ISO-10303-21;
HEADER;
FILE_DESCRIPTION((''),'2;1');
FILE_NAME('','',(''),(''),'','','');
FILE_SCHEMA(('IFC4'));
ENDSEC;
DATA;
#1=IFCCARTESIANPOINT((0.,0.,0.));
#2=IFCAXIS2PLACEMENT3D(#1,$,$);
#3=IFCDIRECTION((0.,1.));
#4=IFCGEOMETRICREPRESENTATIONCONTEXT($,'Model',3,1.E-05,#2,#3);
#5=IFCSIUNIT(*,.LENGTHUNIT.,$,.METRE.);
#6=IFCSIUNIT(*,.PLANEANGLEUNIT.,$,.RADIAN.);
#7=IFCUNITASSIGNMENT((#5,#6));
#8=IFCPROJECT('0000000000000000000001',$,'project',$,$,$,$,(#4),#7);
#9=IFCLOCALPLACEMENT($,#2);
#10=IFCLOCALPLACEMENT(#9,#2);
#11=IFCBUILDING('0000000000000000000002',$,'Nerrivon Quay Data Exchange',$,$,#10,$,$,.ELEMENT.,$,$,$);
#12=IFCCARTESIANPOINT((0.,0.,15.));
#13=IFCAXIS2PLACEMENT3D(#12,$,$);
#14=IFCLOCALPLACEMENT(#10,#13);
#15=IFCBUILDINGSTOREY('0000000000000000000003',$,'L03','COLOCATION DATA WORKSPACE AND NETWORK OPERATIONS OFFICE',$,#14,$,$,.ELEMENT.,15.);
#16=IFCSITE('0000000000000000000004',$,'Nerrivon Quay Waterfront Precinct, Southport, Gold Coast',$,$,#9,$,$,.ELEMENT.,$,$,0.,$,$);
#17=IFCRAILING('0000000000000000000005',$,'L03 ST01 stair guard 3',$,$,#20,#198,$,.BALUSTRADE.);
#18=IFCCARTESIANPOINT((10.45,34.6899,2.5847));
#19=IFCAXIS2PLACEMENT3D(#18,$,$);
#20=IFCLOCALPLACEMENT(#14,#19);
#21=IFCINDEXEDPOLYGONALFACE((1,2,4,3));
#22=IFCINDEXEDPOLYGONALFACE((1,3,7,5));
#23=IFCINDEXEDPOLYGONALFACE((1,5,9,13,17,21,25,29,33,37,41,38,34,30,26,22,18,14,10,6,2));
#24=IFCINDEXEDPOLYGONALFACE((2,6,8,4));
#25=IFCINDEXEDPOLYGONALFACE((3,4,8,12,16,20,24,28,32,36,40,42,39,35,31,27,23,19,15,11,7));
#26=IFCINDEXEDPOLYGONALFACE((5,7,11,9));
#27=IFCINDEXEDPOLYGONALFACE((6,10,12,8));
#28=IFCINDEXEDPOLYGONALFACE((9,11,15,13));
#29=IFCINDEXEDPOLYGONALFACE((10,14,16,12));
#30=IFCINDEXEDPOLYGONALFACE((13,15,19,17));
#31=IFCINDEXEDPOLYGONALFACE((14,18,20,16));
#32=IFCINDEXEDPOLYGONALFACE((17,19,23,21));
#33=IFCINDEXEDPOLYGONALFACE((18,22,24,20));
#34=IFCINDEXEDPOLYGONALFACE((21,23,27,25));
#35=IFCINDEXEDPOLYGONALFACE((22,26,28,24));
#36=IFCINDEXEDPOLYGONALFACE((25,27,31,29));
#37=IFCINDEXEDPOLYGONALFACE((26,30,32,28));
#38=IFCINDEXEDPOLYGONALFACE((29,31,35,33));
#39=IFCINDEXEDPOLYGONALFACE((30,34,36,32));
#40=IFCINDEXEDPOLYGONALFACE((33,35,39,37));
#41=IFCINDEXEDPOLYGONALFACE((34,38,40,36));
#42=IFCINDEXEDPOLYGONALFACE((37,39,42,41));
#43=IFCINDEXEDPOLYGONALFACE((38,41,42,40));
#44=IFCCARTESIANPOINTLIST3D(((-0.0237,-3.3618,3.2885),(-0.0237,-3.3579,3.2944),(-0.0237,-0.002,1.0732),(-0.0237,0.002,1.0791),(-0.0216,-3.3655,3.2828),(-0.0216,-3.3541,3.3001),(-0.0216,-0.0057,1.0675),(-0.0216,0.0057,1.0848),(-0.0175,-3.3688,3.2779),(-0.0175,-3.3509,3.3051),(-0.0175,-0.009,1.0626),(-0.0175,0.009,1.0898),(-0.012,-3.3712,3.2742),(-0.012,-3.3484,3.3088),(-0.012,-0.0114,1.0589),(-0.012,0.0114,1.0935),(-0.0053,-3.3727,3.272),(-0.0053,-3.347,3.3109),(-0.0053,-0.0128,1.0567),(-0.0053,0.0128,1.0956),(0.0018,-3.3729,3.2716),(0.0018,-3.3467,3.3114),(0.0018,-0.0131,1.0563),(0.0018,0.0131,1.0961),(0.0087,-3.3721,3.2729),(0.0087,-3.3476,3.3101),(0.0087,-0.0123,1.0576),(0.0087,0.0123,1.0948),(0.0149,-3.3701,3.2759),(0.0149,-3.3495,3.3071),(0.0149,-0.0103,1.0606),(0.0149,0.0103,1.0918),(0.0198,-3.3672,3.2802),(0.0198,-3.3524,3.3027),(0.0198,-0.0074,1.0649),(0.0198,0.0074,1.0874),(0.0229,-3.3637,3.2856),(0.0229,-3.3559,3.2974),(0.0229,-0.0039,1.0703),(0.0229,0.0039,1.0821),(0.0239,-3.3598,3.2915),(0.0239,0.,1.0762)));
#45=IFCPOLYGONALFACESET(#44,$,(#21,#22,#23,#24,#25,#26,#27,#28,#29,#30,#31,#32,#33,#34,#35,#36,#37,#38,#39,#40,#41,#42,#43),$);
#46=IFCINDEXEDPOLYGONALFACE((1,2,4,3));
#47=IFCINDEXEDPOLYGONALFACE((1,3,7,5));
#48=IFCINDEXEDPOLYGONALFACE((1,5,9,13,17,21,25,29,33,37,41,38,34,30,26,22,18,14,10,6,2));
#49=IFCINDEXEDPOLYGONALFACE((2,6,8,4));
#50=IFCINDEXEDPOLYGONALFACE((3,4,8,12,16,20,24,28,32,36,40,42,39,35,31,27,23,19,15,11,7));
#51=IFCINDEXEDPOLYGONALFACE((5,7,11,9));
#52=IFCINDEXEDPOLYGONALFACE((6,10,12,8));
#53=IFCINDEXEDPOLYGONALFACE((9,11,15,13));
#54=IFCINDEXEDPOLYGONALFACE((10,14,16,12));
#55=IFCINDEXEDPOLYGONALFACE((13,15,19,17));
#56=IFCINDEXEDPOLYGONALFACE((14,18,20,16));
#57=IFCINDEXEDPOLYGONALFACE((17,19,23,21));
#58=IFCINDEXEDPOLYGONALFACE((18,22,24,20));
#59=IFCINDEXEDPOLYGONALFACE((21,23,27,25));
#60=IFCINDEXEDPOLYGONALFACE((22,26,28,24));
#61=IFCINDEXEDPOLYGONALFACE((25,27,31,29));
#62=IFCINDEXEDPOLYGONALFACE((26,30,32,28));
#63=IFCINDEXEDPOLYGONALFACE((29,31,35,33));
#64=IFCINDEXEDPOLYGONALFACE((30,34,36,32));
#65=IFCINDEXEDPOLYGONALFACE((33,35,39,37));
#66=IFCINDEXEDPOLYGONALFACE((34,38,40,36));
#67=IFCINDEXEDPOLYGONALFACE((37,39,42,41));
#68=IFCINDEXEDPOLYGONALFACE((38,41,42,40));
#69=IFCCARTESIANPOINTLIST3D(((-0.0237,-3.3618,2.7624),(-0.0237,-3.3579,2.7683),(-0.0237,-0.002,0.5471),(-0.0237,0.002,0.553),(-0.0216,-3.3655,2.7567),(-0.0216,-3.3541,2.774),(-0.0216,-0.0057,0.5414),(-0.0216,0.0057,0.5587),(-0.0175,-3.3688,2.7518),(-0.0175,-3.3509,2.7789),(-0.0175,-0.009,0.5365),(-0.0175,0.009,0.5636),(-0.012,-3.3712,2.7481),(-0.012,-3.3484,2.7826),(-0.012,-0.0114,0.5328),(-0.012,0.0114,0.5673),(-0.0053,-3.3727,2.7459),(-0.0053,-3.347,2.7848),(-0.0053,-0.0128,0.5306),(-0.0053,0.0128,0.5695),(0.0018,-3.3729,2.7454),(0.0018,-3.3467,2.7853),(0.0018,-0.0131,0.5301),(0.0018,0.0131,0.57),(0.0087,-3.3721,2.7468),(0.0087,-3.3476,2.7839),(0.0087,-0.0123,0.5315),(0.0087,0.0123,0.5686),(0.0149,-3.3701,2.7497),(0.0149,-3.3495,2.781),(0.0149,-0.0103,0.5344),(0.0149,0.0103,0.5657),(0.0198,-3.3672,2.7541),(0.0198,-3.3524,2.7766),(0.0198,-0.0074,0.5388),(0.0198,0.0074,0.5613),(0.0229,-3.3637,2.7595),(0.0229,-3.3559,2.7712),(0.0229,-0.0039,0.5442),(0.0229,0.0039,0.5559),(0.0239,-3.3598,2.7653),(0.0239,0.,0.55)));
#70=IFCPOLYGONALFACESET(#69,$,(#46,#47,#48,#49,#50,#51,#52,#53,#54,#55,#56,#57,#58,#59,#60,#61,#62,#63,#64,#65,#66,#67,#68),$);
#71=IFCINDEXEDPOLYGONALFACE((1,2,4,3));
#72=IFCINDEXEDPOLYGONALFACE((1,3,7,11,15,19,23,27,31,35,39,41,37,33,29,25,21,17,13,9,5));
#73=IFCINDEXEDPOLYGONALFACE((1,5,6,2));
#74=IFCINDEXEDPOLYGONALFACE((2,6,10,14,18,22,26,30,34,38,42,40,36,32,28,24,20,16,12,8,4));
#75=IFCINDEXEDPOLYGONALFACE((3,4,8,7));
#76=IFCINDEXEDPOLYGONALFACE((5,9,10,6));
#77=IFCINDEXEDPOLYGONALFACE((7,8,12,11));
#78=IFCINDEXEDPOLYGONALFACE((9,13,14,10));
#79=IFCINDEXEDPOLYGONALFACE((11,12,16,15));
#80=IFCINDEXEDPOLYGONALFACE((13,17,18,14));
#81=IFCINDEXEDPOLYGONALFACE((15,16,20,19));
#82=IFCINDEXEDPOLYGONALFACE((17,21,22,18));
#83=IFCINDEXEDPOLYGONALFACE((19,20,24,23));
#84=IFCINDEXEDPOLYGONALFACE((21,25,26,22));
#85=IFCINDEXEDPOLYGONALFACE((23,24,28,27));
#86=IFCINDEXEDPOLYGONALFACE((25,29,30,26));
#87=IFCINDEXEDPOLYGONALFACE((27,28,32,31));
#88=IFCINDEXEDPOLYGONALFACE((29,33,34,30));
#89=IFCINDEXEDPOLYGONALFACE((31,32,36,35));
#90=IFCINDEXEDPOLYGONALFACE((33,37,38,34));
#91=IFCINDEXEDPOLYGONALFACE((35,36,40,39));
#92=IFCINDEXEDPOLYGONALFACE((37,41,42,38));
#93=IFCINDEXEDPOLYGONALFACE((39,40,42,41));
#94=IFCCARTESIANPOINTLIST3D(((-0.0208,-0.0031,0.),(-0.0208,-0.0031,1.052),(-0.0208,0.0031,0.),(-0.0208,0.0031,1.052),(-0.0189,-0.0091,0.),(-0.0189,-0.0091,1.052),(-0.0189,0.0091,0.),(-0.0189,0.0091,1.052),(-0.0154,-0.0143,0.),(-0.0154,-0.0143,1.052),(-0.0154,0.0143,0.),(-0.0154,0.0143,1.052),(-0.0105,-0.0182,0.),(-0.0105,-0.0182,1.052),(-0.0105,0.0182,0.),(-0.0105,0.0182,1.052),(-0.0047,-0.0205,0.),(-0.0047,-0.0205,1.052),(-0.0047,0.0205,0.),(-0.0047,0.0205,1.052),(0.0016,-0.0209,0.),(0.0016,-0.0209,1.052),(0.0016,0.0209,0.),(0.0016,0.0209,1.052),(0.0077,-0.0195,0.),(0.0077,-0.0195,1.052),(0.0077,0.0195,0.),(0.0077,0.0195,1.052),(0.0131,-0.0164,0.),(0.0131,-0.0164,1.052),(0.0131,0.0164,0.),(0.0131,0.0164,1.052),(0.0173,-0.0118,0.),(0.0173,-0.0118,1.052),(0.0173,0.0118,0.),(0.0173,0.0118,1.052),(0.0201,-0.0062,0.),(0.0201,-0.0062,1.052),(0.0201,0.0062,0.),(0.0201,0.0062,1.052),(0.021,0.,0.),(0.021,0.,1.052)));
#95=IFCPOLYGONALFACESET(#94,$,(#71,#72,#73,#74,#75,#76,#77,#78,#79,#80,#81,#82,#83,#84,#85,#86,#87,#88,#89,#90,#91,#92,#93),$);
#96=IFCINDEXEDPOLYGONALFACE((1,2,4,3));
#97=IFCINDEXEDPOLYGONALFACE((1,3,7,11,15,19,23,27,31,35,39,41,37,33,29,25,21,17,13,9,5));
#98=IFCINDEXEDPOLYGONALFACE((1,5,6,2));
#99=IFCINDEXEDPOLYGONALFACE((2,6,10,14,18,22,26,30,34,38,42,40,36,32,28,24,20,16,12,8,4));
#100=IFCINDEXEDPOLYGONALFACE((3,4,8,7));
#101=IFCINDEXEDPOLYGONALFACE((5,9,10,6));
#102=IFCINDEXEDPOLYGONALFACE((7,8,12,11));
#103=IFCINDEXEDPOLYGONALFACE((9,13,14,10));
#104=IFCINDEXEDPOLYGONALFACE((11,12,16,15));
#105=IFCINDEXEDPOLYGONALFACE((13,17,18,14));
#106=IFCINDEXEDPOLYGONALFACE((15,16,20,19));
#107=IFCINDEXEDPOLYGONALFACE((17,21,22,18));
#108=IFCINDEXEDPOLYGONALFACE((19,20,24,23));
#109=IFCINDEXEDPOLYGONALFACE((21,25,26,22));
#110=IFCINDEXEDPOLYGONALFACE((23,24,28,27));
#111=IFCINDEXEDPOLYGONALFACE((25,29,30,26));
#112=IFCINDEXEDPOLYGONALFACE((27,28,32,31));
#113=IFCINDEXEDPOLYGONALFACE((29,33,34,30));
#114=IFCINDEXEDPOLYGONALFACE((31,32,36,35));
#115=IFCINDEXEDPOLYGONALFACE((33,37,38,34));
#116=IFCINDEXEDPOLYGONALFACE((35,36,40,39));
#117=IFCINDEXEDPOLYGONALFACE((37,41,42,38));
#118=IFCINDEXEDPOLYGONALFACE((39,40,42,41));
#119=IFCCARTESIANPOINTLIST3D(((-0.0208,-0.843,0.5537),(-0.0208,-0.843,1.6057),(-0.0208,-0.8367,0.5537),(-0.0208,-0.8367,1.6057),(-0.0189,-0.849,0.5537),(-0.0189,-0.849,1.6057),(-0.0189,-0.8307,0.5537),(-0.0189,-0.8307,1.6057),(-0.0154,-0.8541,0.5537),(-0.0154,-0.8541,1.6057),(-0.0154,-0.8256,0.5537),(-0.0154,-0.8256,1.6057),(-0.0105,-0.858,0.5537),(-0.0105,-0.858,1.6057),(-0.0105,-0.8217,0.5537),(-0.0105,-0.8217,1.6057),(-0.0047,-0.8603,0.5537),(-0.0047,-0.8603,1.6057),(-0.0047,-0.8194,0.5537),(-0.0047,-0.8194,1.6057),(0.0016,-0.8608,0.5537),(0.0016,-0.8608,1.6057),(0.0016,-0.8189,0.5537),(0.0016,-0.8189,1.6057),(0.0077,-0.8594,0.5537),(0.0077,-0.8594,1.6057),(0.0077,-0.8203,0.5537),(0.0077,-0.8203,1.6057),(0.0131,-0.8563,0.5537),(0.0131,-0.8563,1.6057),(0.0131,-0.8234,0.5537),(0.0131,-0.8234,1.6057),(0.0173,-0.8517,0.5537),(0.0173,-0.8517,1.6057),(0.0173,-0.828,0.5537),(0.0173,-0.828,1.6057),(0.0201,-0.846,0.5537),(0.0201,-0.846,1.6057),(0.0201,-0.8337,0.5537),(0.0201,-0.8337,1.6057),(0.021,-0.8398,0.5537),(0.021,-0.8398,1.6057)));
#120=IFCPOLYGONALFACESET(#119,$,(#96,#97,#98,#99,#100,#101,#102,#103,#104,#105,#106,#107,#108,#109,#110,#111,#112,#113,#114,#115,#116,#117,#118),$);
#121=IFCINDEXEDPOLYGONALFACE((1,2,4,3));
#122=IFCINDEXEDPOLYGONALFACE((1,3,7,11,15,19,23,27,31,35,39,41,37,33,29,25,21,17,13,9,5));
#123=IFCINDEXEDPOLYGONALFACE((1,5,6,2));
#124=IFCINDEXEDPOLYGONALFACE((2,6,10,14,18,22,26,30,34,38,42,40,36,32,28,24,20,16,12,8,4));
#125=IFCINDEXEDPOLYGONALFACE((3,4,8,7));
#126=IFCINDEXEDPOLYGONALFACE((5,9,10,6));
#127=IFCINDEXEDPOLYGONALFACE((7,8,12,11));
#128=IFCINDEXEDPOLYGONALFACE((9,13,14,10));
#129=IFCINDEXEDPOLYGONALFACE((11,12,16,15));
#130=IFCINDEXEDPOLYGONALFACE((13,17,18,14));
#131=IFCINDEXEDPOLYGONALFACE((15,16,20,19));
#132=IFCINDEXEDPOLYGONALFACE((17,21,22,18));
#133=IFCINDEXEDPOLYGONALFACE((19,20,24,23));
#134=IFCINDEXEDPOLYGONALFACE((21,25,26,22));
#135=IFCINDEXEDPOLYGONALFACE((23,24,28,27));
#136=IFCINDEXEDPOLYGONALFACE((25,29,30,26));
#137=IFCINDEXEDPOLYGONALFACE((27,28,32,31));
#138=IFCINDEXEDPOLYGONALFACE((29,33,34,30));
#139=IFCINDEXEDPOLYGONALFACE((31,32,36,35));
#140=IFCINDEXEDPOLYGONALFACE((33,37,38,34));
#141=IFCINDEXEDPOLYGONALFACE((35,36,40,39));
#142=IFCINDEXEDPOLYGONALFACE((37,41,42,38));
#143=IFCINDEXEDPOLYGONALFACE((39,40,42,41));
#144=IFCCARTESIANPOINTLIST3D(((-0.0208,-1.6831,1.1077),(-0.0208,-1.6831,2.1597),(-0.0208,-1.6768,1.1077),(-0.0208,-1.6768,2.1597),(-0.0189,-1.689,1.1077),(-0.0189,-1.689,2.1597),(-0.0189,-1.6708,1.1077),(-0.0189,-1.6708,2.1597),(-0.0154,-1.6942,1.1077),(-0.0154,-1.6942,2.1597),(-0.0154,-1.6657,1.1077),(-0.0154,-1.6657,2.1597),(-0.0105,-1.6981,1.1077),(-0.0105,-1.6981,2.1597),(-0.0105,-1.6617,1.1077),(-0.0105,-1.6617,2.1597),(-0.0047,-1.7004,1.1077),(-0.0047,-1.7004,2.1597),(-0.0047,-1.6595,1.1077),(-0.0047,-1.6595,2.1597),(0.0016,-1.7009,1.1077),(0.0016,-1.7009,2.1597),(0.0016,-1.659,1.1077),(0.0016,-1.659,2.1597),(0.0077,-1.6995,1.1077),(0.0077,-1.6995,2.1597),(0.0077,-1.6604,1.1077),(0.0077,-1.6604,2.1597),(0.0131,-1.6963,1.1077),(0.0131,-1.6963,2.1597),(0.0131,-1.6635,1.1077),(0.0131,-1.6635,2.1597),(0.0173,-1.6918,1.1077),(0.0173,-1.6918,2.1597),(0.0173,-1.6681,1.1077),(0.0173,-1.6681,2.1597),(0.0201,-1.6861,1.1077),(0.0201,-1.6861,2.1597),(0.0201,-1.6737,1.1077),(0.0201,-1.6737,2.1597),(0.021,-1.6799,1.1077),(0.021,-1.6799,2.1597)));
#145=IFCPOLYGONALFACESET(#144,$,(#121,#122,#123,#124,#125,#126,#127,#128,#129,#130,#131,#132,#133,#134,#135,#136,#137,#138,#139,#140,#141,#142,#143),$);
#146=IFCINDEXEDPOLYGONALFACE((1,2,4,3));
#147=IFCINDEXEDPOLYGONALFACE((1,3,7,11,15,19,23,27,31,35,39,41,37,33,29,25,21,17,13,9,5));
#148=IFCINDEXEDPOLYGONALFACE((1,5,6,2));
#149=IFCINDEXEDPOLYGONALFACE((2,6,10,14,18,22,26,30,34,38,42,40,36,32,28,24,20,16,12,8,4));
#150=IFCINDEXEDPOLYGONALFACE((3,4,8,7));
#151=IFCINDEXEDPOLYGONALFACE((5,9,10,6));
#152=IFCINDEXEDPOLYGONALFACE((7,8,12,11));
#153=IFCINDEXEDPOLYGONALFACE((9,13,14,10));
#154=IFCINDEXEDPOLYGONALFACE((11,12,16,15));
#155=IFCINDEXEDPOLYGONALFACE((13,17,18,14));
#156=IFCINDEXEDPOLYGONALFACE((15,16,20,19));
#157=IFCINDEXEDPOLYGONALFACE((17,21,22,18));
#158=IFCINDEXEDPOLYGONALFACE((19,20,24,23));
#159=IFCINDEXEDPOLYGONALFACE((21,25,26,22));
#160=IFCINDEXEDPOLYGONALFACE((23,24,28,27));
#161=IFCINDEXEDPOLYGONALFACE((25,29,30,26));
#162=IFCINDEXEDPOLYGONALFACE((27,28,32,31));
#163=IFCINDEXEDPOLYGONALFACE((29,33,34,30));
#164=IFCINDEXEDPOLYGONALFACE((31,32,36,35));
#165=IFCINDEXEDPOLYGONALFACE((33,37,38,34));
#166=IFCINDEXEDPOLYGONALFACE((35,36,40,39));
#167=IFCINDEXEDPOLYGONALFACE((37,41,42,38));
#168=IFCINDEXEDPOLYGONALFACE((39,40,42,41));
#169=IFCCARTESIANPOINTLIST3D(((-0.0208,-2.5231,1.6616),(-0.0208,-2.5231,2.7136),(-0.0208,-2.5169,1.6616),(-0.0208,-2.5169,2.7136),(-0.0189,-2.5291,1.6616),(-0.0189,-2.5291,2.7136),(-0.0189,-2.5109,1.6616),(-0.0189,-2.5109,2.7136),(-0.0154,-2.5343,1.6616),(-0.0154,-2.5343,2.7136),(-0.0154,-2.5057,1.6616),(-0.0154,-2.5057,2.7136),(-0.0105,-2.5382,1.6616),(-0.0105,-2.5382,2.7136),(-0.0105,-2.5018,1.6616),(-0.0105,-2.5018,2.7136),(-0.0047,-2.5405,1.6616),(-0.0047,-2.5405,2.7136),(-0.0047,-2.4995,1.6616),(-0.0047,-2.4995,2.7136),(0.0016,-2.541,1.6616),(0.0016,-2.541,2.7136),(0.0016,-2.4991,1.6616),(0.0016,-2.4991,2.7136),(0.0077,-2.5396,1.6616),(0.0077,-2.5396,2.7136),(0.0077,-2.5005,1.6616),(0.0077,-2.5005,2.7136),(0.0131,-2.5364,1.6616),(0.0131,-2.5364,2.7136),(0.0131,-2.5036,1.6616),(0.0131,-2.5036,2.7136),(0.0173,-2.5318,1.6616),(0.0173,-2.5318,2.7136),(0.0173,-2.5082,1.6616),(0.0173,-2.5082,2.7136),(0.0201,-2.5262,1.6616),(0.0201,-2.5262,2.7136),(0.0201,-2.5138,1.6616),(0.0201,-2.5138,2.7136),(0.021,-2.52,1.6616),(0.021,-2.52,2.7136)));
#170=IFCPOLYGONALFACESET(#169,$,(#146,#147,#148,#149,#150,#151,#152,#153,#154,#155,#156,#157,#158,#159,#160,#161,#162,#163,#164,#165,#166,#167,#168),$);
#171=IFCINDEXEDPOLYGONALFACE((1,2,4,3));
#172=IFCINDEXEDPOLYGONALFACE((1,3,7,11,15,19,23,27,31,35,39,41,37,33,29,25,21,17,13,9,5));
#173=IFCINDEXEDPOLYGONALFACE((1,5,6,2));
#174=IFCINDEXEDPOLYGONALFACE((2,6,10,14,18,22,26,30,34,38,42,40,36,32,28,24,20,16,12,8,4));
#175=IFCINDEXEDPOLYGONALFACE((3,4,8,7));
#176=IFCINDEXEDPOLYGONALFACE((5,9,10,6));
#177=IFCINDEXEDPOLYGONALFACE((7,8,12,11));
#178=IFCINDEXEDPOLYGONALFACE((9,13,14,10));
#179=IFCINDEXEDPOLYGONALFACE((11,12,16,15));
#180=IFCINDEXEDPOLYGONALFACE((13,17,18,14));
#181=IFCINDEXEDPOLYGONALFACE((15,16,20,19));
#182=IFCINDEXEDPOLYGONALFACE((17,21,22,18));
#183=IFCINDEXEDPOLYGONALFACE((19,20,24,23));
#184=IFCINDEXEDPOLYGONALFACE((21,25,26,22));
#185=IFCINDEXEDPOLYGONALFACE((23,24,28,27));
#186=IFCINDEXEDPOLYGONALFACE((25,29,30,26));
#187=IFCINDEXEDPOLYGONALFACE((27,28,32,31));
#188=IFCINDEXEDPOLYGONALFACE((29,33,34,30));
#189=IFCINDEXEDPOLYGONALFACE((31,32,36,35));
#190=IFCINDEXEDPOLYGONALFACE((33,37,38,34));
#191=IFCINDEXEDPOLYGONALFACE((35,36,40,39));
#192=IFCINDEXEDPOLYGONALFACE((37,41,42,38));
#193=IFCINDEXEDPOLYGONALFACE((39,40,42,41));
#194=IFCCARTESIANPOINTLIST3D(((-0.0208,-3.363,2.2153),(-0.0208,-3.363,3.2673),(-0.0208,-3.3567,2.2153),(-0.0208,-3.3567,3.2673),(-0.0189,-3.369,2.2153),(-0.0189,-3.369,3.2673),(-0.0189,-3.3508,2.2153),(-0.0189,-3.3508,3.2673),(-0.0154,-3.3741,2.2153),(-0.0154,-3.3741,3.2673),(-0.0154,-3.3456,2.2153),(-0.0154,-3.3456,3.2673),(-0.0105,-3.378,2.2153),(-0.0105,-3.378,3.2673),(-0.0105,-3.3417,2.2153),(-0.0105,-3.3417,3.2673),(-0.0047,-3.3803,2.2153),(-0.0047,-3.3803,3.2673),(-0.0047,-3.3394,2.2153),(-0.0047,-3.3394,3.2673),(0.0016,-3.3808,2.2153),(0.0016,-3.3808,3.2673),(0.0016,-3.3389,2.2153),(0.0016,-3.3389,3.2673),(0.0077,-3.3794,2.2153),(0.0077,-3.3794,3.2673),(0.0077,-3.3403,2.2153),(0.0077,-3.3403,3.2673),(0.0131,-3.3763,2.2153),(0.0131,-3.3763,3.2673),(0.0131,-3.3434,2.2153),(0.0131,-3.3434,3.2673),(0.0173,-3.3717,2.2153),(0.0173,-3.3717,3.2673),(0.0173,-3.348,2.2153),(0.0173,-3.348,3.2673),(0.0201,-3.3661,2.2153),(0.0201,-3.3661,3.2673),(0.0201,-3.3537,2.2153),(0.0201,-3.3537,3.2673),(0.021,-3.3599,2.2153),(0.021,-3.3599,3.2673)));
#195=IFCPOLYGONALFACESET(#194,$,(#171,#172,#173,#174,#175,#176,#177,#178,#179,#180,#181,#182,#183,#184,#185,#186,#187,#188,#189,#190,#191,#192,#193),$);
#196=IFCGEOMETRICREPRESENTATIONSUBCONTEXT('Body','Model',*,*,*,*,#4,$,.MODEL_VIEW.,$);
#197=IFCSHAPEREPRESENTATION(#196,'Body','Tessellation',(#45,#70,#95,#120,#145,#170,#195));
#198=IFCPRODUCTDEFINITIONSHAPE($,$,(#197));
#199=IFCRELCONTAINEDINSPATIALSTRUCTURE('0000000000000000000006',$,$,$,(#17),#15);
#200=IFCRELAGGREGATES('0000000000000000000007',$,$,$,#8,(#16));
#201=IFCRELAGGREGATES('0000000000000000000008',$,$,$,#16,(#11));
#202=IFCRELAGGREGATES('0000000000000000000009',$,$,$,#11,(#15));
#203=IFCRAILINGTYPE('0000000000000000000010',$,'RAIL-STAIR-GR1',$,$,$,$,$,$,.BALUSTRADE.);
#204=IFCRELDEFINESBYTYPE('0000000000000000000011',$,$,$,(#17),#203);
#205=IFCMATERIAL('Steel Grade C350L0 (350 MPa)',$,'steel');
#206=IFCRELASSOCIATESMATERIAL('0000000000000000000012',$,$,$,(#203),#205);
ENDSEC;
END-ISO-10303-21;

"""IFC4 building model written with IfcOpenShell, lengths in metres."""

from ifc_helpers import new_model, si_unit, direction, frame, origin, origin_2d, place, context, subcontext, project, spatial, circle, extrude, material, type_object, element, save


model = new_model("IFC4")

# Units and contexts
model_context = context("Model", 3, precision=1e-05, world=origin(), true_north=direction((0.0, 1.0)))
body_context = subcontext(model_context, "Body", "Model", "MODEL_VIEW")
ifc_project = project(units=[si_unit("LENGTHUNIT", "METRE"), si_unit("PLANEANGLEUNIT", "RADIAN")], contexts=[model_context])

# Site, building, storey
site_placement = place(None, origin())
site = spatial("IfcSite", under=ifc_project, at=site_placement, Name="Nerrivon Quay Waterfront Precinct, Southport, Gold Coast", CompositionType="ELEMENT", RefElevation=0.0)
building_placement = place(site_placement, origin())
building = spatial("IfcBuilding", under=site, at=building_placement, Name="Nerrivon Quay Data Exchange", CompositionType="ELEMENT")
storey_placement = place(building_placement, frame((0.0, 0.0, 15.0)))
storey = spatial("IfcBuildingStorey", under=building, at=storey_placement, Name="L03", Description="COLOCATION DATA WORKSPACE AND NETWORK OPERATIONS OFFICE", CompositionType="ELEMENT", Elevation=15.0)

# Railing
ifc_material_1 = material(Name="Steel Grade C350L0 (350 MPa)", Category="steel")
railing_type = type_object("IfcRailingType", Name="RAIL-STAIR-GR1", PredefinedType="BALUSTRADE", material=ifc_material_1)
railing_1_placement = place(storey_placement, frame((10.45, 34.6899, 2.5847)))
element("IfcRailing", 1, at=railing_1_placement, inside=storey, type_object=railing_type, Name="L03 ST01 stair guard 3", PredefinedType="BALUSTRADE", context=body_context, shape_type="SweptSolid", body=[
    extrude(circle(Radius=0.0239, at=origin_2d()), frame((0.0, 0.0, 1.0762), z_axis=(0.0, -0.834858, 0.550465), x_axis=(1.0, 0.0, 0.0)), (0.0, 0.0, 1.0), 4.0244),
    extrude(circle(Radius=0.0239, at=origin_2d()), frame((0.0, 0.0, 0.55), z_axis=(0.0, -0.834858, 0.550465), x_axis=(1.0, 0.0, 0.0)), (0.0, 0.0, 1.0), 4.0244),
    extrude(circle(Radius=0.021, at=origin_2d()), origin(), (0.0, 0.0, 1.0), 1.052),
    extrude(circle(Radius=0.021, at=origin_2d()), frame((0.0, -0.8398, 0.5537)), (0.0, 0.0, 1.0), 1.052),
    extrude(circle(Radius=0.021, at=origin_2d()), frame((0.0, -1.6799, 1.1077)), (0.0, 0.0, 1.0), 1.052),
    extrude(circle(Radius=0.021, at=origin_2d()), frame((0.0, -2.52, 1.6616)), (0.0, 0.0, 1.0), 1.052),
    extrude(circle(Radius=0.021, at=origin_2d()), frame((0.0, -3.3599, 2.2153)), (0.0, 0.0, 1.0), 1.052),
])

save(model, "model.ifc")
